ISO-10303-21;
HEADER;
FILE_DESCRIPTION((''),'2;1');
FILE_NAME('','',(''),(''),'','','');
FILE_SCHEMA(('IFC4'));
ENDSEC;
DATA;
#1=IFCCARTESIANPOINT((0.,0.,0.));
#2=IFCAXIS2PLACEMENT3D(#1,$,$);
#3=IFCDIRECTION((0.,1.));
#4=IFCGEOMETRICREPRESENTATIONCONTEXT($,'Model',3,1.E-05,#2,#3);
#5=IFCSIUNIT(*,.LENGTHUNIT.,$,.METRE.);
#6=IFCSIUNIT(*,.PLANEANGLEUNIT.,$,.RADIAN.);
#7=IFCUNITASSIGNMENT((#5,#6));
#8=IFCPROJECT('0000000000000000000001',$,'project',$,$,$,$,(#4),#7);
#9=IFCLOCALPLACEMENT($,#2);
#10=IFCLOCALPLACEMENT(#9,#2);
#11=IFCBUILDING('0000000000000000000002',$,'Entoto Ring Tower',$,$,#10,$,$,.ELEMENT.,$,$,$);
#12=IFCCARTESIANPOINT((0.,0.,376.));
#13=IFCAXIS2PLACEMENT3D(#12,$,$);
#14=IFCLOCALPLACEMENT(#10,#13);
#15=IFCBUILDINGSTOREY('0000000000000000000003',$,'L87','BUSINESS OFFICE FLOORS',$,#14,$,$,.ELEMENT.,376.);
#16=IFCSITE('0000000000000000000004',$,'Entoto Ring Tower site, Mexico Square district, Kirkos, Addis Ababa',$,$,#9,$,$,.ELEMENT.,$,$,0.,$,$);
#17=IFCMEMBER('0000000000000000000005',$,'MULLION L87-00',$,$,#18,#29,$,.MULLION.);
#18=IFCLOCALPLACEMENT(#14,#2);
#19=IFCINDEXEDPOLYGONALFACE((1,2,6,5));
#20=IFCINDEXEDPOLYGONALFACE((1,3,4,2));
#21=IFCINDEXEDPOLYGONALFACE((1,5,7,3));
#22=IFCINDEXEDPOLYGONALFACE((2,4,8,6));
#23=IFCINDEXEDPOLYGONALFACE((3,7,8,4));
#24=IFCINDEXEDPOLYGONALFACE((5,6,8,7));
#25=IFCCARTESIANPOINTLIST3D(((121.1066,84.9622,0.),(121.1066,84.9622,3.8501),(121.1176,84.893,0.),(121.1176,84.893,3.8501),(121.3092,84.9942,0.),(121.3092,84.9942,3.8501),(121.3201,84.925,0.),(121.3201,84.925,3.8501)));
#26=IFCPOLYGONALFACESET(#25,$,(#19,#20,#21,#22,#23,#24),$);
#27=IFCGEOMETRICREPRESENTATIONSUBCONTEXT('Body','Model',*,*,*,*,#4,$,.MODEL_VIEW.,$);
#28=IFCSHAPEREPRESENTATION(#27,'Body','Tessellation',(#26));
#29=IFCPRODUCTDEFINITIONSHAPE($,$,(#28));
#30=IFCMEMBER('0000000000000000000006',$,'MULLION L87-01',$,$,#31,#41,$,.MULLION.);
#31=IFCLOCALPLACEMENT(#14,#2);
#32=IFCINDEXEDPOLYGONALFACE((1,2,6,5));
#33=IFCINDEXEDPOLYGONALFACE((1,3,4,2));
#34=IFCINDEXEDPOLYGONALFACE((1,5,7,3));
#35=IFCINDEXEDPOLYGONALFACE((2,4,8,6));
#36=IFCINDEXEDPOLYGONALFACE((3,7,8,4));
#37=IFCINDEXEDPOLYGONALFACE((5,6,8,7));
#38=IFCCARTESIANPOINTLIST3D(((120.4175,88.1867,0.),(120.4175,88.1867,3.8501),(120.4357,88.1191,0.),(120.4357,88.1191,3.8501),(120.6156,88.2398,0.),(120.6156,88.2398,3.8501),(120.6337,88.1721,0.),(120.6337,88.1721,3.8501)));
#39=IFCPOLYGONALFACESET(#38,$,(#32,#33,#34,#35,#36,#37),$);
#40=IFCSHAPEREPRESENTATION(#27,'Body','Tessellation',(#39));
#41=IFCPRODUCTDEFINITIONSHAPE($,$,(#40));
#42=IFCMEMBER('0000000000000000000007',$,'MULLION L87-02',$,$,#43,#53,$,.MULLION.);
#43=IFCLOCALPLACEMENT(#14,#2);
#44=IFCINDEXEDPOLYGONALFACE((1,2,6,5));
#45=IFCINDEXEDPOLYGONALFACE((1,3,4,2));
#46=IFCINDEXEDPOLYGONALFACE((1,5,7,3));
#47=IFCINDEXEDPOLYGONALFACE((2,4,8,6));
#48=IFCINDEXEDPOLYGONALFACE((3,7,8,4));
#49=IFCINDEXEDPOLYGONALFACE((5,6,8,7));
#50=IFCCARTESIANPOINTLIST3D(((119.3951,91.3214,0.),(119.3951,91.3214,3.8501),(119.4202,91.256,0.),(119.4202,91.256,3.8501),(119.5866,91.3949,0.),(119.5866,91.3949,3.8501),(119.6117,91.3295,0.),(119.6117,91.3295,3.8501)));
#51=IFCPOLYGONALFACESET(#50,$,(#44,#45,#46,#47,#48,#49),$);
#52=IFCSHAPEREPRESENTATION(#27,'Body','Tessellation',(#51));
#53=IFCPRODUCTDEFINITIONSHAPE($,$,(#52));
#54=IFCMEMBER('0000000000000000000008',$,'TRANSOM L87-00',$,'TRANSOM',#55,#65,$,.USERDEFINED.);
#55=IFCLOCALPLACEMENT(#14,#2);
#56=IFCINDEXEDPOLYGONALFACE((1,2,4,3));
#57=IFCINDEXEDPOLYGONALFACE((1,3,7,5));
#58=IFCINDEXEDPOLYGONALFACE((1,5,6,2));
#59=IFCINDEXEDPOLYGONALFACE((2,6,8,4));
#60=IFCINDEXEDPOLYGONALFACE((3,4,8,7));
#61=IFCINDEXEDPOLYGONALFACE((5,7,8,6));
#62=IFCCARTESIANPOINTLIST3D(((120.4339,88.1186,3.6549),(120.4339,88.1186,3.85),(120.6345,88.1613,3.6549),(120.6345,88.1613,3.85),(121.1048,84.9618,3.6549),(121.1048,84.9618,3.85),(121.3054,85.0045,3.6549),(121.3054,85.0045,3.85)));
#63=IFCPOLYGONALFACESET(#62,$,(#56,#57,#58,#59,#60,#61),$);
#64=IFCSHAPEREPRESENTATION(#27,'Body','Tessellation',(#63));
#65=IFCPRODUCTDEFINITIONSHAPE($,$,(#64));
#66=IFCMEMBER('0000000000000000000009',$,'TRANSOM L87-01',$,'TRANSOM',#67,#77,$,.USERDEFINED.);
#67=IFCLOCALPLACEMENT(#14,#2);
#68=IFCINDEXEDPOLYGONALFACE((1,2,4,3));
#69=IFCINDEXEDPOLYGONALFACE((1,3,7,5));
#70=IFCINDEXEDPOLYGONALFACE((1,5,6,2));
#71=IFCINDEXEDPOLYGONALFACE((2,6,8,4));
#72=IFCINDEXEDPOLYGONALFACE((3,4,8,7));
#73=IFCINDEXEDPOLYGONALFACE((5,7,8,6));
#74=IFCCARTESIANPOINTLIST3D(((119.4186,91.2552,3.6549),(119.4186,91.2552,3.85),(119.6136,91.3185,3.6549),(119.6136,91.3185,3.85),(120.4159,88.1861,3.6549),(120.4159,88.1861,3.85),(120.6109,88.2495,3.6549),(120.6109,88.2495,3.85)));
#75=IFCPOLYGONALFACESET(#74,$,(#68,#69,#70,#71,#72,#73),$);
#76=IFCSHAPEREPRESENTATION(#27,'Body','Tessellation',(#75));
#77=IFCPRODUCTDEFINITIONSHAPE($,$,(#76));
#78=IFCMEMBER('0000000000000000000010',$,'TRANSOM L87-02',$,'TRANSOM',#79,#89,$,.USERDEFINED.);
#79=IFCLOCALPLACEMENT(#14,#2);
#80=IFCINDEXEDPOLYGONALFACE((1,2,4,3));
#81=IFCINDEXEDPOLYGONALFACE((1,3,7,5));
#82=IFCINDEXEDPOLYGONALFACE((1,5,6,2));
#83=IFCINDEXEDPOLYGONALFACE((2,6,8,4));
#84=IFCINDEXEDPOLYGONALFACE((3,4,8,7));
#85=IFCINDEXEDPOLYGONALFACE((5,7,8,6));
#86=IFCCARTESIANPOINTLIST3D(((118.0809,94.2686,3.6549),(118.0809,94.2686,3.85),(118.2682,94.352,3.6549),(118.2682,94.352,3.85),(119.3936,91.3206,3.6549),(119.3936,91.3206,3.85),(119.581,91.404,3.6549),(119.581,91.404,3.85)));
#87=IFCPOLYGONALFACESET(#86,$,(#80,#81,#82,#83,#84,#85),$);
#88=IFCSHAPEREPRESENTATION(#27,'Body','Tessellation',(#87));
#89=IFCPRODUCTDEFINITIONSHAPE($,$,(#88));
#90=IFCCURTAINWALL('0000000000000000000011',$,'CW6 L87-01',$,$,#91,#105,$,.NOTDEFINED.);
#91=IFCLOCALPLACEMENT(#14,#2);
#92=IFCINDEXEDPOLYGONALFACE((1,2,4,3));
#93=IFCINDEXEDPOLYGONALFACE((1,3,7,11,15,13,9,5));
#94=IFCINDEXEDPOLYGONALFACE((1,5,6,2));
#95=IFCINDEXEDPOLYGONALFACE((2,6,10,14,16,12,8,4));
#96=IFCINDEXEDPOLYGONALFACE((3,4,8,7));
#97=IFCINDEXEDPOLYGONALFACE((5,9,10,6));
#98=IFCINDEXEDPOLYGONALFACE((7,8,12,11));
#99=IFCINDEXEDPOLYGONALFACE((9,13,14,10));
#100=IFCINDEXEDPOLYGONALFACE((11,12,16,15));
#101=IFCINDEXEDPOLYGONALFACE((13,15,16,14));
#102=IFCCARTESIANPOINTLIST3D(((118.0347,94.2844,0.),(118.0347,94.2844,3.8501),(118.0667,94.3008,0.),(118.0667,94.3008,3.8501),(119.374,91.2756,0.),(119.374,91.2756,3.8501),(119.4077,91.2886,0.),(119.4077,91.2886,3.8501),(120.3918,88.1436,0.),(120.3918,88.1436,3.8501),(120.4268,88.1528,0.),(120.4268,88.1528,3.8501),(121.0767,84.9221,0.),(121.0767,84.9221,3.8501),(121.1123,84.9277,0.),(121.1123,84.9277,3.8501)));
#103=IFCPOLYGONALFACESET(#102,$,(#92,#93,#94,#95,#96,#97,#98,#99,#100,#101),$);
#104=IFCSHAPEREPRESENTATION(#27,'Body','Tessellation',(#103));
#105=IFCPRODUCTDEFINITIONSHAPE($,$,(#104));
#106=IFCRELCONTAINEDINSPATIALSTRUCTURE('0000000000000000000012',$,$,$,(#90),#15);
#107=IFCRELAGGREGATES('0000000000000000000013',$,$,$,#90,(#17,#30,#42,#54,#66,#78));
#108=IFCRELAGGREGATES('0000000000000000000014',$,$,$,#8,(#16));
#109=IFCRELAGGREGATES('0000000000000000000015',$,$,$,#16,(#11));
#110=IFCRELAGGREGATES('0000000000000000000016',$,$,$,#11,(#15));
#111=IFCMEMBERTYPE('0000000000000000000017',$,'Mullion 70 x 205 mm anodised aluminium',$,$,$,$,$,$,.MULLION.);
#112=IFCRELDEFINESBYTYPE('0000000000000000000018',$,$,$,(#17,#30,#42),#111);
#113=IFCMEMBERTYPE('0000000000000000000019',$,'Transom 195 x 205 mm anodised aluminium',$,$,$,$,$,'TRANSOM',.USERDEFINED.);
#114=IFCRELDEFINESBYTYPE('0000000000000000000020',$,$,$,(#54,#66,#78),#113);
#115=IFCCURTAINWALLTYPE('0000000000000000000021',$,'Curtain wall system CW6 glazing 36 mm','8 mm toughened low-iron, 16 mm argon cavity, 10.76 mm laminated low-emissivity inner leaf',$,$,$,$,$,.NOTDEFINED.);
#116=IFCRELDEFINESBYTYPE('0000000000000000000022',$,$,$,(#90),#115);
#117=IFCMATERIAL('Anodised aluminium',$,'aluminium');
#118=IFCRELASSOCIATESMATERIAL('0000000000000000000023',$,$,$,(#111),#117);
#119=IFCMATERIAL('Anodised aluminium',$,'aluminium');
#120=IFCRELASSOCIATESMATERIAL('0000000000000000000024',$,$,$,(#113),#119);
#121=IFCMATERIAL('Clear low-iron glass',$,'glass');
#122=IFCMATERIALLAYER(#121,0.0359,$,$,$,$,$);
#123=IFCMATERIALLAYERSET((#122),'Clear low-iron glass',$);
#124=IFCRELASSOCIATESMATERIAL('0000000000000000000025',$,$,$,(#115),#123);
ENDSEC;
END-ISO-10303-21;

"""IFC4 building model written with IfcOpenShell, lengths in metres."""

from ifc_helpers import new_model, si_unit, direction, frame, origin, origin_2d, place, context, subcontext, project, spatial, polyline, rectangle, outline, extrude, material, layer, layer_set, material_profile, profile_set, type_object, element, aggregate, save


model = new_model("IFC4")

# Units and contexts
model_context = context("Model", 3, precision=1e-05, world=origin(), true_north=direction((0.0, 1.0)))
body_context = subcontext(model_context, "Body", "Model", "MODEL_VIEW")
ifc_project = project(units=[si_unit("LENGTHUNIT", "METRE"), si_unit("PLANEANGLEUNIT", "RADIAN")], contexts=[model_context])

# Members
ifc_material_1 = material(Name="Anodised aluminium", Category="aluminium")
ifc_material_profile_1 = material_profile(ifc_material_1, rectangle(XDim=0.0701, YDim=0.2051, at=origin_2d()), Name="Mullion 70 x 205 mm anodised aluminium")
ifc_profile_set_1 = profile_set([ifc_material_profile_1], Name="Anodised aluminium")
member_type_1 = type_object("IfcMemberType", Name="Mullion 70 x 205 mm anodised aluminium", PredefinedType="MULLION", material=ifc_profile_set_1)
site_placement = place(None, origin())
building_placement = place(site_placement, origin())
storey_placement = place(building_placement, frame((0.0, 0.0, 376.0)))
member_1_placement = place(storey_placement, frame((121.2134, 84.9436, 0.0), z_axis=(0.0, 0.0, 1.0), x_axis=(-0.156434, 0.987688, 0.0)))
member_1 = element("IfcMember", 1, at=member_1_placement, type_object=member_type_1, Name="MULLION L87-00", PredefinedType="MULLION", context=body_context, shape_type="SweptSolid", body=[
    extrude(rectangle(XDim=0.0701, YDim=0.2051, at=origin_2d()), origin(), (0.0, 0.0, 1.0), 3.8501),
])
member_2_placement = place(storey_placement, frame((120.5256, 88.1794, 0.0), z_axis=(0.0, 0.0, 1.0), x_axis=(-0.258819, 0.965926, 0.0)))
member_2 = element("IfcMember", 2, at=member_2_placement, type_object=member_type_1, Name="MULLION L87-01", PredefinedType="MULLION", context=body_context, shape_type="SweptSolid", body=[
    extrude(rectangle(XDim=0.0701, YDim=0.2051, at=origin_2d()), origin(), (0.0, 0.0, 1.0), 3.8501),
])
member_3_placement = place(storey_placement, frame((119.5034, 91.3254, 0.0), z_axis=(0.0, 0.0, 1.0), x_axis=(-0.358368, 0.93358, 0.0)))
member_3 = element("IfcMember", 3, at=member_3_placement, type_object=member_type_1, Name="MULLION L87-02", PredefinedType="MULLION", context=body_context, shape_type="SweptSolid", body=[
    extrude(rectangle(XDim=0.0701, YDim=0.2051, at=origin_2d()), origin(), (0.0, 0.0, 1.0), 3.8501),
])
ifc_material_2 = material(Name="Anodised aluminium", Category="aluminium")
ifc_material_profile_2 = material_profile(ifc_material_2, rectangle(XDim=0.2051, YDim=0.1951, at=origin_2d()), Name="Transom 195 x 205 mm anodised aluminium")
ifc_profile_set_2 = profile_set([ifc_material_profile_2], Name="Anodised aluminium")
member_type_2 = type_object("IfcMemberType", Name="Transom 195 x 205 mm anodised aluminium", ElementType="TRANSOM", PredefinedType="USERDEFINED", material=ifc_profile_set_2)
member_4_placement = place(storey_placement, frame((121.2051, 84.9832, 3.7524), z_axis=(-0.207886, 0.978153, 0.0), x_axis=(-0.978153, -0.207886, 0.0)))
member_4 = element("IfcMember", 4, at=member_4_placement, type_object=member_type_2, Name="TRANSOM L87-00", ObjectType="TRANSOM", PredefinedType="USERDEFINED", context=body_context, shape_type="SweptSolid", body=[
    extrude(rectangle(XDim=0.2051, YDim=0.1951, at=origin_2d()), origin(), (0.0, 0.0, 1.0), 3.2273),
])
member_5_placement = place(storey_placement, frame((120.5134, 88.2178, 3.7524), z_axis=(-0.309047, 0.951047, 0.0), x_axis=(-0.951047, -0.309047, 0.0)))
member_5 = element("IfcMember", 5, at=member_5_placement, type_object=member_type_2, Name="TRANSOM L87-01", ObjectType="TRANSOM", PredefinedType="USERDEFINED", context=body_context, shape_type="SweptSolid", body=[
    extrude(rectangle(XDim=0.2051, YDim=0.1951, at=origin_2d()), origin(), (0.0, 0.0, 1.0), 3.2271),
])
member_6_placement = place(storey_placement, frame((119.4873, 91.3623, 3.7524), z_axis=(-0.406791, 0.913521, 0.0), x_axis=(-0.913521, -0.406791, 0.0)))
member_6 = element("IfcMember", 6, at=member_6_placement, type_object=member_type_2, Name="TRANSOM L87-02", ObjectType="TRANSOM", PredefinedType="USERDEFINED", context=body_context, shape_type="SweptSolid", body=[
    extrude(rectangle(XDim=0.2051, YDim=0.1951, at=origin_2d()), origin(), (0.0, 0.0, 1.0), 3.2271),
])

# Site, building, storey
site = spatial("IfcSite", under=ifc_project, at=site_placement, Name="Entoto Ring Tower site, Mexico Square district, Kirkos, Addis Ababa", CompositionType="ELEMENT", RefElevation=0.0)
building = spatial("IfcBuilding", under=site, at=building_placement, Name="Entoto Ring Tower", CompositionType="ELEMENT")
storey = spatial("IfcBuildingStorey", under=building, at=storey_placement, Name="L87", Description="BUSINESS OFFICE FLOORS", CompositionType="ELEMENT", Elevation=376.0)

# Curtain wall
ifc_material_3 = material(Name="Clear low-iron glass", Category="glass")
ifc_layer_1 = layer(ifc_material_3, 0.0359)
ifc_layer_set_1 = layer_set([ifc_layer_1], Name="Clear low-iron glass")
curtain_wall_type = type_object("IfcCurtainWallType", Name="Curtain wall system CW6 glazing 36 mm", Description="8 mm toughened low-iron, 16 mm argon cavity, 10.76 mm laminated low-emissivity inner leaf", PredefinedType="NOTDEFINED", material=ifc_layer_set_1)
curtain_wall_1_placement = place(storey_placement, origin())
curtain_wall_1 = element("IfcCurtainWall", 7, at=curtain_wall_1_placement, inside=storey, type_object=curtain_wall_type, Name="CW6 L87-01", PredefinedType="NOTDEFINED", context=body_context, shape_type="SweptSolid", body=[
    extrude(outline(polyline([(121.1123, 84.9277), (120.4268, 88.1528), (119.4077, 91.2886), (118.0667, 94.3008), (118.0347, 94.2844), (119.374, 91.2756), (120.3918, 88.1436), (121.0767, 84.9221), (121.1123, 84.9277)])), origin(), (0.0, 0.0, 1.0), 3.8501),
])
aggregate(curtain_wall_1, [member_1, member_2, member_3, member_4, member_5, member_6])

save(model, "model.ifc")
